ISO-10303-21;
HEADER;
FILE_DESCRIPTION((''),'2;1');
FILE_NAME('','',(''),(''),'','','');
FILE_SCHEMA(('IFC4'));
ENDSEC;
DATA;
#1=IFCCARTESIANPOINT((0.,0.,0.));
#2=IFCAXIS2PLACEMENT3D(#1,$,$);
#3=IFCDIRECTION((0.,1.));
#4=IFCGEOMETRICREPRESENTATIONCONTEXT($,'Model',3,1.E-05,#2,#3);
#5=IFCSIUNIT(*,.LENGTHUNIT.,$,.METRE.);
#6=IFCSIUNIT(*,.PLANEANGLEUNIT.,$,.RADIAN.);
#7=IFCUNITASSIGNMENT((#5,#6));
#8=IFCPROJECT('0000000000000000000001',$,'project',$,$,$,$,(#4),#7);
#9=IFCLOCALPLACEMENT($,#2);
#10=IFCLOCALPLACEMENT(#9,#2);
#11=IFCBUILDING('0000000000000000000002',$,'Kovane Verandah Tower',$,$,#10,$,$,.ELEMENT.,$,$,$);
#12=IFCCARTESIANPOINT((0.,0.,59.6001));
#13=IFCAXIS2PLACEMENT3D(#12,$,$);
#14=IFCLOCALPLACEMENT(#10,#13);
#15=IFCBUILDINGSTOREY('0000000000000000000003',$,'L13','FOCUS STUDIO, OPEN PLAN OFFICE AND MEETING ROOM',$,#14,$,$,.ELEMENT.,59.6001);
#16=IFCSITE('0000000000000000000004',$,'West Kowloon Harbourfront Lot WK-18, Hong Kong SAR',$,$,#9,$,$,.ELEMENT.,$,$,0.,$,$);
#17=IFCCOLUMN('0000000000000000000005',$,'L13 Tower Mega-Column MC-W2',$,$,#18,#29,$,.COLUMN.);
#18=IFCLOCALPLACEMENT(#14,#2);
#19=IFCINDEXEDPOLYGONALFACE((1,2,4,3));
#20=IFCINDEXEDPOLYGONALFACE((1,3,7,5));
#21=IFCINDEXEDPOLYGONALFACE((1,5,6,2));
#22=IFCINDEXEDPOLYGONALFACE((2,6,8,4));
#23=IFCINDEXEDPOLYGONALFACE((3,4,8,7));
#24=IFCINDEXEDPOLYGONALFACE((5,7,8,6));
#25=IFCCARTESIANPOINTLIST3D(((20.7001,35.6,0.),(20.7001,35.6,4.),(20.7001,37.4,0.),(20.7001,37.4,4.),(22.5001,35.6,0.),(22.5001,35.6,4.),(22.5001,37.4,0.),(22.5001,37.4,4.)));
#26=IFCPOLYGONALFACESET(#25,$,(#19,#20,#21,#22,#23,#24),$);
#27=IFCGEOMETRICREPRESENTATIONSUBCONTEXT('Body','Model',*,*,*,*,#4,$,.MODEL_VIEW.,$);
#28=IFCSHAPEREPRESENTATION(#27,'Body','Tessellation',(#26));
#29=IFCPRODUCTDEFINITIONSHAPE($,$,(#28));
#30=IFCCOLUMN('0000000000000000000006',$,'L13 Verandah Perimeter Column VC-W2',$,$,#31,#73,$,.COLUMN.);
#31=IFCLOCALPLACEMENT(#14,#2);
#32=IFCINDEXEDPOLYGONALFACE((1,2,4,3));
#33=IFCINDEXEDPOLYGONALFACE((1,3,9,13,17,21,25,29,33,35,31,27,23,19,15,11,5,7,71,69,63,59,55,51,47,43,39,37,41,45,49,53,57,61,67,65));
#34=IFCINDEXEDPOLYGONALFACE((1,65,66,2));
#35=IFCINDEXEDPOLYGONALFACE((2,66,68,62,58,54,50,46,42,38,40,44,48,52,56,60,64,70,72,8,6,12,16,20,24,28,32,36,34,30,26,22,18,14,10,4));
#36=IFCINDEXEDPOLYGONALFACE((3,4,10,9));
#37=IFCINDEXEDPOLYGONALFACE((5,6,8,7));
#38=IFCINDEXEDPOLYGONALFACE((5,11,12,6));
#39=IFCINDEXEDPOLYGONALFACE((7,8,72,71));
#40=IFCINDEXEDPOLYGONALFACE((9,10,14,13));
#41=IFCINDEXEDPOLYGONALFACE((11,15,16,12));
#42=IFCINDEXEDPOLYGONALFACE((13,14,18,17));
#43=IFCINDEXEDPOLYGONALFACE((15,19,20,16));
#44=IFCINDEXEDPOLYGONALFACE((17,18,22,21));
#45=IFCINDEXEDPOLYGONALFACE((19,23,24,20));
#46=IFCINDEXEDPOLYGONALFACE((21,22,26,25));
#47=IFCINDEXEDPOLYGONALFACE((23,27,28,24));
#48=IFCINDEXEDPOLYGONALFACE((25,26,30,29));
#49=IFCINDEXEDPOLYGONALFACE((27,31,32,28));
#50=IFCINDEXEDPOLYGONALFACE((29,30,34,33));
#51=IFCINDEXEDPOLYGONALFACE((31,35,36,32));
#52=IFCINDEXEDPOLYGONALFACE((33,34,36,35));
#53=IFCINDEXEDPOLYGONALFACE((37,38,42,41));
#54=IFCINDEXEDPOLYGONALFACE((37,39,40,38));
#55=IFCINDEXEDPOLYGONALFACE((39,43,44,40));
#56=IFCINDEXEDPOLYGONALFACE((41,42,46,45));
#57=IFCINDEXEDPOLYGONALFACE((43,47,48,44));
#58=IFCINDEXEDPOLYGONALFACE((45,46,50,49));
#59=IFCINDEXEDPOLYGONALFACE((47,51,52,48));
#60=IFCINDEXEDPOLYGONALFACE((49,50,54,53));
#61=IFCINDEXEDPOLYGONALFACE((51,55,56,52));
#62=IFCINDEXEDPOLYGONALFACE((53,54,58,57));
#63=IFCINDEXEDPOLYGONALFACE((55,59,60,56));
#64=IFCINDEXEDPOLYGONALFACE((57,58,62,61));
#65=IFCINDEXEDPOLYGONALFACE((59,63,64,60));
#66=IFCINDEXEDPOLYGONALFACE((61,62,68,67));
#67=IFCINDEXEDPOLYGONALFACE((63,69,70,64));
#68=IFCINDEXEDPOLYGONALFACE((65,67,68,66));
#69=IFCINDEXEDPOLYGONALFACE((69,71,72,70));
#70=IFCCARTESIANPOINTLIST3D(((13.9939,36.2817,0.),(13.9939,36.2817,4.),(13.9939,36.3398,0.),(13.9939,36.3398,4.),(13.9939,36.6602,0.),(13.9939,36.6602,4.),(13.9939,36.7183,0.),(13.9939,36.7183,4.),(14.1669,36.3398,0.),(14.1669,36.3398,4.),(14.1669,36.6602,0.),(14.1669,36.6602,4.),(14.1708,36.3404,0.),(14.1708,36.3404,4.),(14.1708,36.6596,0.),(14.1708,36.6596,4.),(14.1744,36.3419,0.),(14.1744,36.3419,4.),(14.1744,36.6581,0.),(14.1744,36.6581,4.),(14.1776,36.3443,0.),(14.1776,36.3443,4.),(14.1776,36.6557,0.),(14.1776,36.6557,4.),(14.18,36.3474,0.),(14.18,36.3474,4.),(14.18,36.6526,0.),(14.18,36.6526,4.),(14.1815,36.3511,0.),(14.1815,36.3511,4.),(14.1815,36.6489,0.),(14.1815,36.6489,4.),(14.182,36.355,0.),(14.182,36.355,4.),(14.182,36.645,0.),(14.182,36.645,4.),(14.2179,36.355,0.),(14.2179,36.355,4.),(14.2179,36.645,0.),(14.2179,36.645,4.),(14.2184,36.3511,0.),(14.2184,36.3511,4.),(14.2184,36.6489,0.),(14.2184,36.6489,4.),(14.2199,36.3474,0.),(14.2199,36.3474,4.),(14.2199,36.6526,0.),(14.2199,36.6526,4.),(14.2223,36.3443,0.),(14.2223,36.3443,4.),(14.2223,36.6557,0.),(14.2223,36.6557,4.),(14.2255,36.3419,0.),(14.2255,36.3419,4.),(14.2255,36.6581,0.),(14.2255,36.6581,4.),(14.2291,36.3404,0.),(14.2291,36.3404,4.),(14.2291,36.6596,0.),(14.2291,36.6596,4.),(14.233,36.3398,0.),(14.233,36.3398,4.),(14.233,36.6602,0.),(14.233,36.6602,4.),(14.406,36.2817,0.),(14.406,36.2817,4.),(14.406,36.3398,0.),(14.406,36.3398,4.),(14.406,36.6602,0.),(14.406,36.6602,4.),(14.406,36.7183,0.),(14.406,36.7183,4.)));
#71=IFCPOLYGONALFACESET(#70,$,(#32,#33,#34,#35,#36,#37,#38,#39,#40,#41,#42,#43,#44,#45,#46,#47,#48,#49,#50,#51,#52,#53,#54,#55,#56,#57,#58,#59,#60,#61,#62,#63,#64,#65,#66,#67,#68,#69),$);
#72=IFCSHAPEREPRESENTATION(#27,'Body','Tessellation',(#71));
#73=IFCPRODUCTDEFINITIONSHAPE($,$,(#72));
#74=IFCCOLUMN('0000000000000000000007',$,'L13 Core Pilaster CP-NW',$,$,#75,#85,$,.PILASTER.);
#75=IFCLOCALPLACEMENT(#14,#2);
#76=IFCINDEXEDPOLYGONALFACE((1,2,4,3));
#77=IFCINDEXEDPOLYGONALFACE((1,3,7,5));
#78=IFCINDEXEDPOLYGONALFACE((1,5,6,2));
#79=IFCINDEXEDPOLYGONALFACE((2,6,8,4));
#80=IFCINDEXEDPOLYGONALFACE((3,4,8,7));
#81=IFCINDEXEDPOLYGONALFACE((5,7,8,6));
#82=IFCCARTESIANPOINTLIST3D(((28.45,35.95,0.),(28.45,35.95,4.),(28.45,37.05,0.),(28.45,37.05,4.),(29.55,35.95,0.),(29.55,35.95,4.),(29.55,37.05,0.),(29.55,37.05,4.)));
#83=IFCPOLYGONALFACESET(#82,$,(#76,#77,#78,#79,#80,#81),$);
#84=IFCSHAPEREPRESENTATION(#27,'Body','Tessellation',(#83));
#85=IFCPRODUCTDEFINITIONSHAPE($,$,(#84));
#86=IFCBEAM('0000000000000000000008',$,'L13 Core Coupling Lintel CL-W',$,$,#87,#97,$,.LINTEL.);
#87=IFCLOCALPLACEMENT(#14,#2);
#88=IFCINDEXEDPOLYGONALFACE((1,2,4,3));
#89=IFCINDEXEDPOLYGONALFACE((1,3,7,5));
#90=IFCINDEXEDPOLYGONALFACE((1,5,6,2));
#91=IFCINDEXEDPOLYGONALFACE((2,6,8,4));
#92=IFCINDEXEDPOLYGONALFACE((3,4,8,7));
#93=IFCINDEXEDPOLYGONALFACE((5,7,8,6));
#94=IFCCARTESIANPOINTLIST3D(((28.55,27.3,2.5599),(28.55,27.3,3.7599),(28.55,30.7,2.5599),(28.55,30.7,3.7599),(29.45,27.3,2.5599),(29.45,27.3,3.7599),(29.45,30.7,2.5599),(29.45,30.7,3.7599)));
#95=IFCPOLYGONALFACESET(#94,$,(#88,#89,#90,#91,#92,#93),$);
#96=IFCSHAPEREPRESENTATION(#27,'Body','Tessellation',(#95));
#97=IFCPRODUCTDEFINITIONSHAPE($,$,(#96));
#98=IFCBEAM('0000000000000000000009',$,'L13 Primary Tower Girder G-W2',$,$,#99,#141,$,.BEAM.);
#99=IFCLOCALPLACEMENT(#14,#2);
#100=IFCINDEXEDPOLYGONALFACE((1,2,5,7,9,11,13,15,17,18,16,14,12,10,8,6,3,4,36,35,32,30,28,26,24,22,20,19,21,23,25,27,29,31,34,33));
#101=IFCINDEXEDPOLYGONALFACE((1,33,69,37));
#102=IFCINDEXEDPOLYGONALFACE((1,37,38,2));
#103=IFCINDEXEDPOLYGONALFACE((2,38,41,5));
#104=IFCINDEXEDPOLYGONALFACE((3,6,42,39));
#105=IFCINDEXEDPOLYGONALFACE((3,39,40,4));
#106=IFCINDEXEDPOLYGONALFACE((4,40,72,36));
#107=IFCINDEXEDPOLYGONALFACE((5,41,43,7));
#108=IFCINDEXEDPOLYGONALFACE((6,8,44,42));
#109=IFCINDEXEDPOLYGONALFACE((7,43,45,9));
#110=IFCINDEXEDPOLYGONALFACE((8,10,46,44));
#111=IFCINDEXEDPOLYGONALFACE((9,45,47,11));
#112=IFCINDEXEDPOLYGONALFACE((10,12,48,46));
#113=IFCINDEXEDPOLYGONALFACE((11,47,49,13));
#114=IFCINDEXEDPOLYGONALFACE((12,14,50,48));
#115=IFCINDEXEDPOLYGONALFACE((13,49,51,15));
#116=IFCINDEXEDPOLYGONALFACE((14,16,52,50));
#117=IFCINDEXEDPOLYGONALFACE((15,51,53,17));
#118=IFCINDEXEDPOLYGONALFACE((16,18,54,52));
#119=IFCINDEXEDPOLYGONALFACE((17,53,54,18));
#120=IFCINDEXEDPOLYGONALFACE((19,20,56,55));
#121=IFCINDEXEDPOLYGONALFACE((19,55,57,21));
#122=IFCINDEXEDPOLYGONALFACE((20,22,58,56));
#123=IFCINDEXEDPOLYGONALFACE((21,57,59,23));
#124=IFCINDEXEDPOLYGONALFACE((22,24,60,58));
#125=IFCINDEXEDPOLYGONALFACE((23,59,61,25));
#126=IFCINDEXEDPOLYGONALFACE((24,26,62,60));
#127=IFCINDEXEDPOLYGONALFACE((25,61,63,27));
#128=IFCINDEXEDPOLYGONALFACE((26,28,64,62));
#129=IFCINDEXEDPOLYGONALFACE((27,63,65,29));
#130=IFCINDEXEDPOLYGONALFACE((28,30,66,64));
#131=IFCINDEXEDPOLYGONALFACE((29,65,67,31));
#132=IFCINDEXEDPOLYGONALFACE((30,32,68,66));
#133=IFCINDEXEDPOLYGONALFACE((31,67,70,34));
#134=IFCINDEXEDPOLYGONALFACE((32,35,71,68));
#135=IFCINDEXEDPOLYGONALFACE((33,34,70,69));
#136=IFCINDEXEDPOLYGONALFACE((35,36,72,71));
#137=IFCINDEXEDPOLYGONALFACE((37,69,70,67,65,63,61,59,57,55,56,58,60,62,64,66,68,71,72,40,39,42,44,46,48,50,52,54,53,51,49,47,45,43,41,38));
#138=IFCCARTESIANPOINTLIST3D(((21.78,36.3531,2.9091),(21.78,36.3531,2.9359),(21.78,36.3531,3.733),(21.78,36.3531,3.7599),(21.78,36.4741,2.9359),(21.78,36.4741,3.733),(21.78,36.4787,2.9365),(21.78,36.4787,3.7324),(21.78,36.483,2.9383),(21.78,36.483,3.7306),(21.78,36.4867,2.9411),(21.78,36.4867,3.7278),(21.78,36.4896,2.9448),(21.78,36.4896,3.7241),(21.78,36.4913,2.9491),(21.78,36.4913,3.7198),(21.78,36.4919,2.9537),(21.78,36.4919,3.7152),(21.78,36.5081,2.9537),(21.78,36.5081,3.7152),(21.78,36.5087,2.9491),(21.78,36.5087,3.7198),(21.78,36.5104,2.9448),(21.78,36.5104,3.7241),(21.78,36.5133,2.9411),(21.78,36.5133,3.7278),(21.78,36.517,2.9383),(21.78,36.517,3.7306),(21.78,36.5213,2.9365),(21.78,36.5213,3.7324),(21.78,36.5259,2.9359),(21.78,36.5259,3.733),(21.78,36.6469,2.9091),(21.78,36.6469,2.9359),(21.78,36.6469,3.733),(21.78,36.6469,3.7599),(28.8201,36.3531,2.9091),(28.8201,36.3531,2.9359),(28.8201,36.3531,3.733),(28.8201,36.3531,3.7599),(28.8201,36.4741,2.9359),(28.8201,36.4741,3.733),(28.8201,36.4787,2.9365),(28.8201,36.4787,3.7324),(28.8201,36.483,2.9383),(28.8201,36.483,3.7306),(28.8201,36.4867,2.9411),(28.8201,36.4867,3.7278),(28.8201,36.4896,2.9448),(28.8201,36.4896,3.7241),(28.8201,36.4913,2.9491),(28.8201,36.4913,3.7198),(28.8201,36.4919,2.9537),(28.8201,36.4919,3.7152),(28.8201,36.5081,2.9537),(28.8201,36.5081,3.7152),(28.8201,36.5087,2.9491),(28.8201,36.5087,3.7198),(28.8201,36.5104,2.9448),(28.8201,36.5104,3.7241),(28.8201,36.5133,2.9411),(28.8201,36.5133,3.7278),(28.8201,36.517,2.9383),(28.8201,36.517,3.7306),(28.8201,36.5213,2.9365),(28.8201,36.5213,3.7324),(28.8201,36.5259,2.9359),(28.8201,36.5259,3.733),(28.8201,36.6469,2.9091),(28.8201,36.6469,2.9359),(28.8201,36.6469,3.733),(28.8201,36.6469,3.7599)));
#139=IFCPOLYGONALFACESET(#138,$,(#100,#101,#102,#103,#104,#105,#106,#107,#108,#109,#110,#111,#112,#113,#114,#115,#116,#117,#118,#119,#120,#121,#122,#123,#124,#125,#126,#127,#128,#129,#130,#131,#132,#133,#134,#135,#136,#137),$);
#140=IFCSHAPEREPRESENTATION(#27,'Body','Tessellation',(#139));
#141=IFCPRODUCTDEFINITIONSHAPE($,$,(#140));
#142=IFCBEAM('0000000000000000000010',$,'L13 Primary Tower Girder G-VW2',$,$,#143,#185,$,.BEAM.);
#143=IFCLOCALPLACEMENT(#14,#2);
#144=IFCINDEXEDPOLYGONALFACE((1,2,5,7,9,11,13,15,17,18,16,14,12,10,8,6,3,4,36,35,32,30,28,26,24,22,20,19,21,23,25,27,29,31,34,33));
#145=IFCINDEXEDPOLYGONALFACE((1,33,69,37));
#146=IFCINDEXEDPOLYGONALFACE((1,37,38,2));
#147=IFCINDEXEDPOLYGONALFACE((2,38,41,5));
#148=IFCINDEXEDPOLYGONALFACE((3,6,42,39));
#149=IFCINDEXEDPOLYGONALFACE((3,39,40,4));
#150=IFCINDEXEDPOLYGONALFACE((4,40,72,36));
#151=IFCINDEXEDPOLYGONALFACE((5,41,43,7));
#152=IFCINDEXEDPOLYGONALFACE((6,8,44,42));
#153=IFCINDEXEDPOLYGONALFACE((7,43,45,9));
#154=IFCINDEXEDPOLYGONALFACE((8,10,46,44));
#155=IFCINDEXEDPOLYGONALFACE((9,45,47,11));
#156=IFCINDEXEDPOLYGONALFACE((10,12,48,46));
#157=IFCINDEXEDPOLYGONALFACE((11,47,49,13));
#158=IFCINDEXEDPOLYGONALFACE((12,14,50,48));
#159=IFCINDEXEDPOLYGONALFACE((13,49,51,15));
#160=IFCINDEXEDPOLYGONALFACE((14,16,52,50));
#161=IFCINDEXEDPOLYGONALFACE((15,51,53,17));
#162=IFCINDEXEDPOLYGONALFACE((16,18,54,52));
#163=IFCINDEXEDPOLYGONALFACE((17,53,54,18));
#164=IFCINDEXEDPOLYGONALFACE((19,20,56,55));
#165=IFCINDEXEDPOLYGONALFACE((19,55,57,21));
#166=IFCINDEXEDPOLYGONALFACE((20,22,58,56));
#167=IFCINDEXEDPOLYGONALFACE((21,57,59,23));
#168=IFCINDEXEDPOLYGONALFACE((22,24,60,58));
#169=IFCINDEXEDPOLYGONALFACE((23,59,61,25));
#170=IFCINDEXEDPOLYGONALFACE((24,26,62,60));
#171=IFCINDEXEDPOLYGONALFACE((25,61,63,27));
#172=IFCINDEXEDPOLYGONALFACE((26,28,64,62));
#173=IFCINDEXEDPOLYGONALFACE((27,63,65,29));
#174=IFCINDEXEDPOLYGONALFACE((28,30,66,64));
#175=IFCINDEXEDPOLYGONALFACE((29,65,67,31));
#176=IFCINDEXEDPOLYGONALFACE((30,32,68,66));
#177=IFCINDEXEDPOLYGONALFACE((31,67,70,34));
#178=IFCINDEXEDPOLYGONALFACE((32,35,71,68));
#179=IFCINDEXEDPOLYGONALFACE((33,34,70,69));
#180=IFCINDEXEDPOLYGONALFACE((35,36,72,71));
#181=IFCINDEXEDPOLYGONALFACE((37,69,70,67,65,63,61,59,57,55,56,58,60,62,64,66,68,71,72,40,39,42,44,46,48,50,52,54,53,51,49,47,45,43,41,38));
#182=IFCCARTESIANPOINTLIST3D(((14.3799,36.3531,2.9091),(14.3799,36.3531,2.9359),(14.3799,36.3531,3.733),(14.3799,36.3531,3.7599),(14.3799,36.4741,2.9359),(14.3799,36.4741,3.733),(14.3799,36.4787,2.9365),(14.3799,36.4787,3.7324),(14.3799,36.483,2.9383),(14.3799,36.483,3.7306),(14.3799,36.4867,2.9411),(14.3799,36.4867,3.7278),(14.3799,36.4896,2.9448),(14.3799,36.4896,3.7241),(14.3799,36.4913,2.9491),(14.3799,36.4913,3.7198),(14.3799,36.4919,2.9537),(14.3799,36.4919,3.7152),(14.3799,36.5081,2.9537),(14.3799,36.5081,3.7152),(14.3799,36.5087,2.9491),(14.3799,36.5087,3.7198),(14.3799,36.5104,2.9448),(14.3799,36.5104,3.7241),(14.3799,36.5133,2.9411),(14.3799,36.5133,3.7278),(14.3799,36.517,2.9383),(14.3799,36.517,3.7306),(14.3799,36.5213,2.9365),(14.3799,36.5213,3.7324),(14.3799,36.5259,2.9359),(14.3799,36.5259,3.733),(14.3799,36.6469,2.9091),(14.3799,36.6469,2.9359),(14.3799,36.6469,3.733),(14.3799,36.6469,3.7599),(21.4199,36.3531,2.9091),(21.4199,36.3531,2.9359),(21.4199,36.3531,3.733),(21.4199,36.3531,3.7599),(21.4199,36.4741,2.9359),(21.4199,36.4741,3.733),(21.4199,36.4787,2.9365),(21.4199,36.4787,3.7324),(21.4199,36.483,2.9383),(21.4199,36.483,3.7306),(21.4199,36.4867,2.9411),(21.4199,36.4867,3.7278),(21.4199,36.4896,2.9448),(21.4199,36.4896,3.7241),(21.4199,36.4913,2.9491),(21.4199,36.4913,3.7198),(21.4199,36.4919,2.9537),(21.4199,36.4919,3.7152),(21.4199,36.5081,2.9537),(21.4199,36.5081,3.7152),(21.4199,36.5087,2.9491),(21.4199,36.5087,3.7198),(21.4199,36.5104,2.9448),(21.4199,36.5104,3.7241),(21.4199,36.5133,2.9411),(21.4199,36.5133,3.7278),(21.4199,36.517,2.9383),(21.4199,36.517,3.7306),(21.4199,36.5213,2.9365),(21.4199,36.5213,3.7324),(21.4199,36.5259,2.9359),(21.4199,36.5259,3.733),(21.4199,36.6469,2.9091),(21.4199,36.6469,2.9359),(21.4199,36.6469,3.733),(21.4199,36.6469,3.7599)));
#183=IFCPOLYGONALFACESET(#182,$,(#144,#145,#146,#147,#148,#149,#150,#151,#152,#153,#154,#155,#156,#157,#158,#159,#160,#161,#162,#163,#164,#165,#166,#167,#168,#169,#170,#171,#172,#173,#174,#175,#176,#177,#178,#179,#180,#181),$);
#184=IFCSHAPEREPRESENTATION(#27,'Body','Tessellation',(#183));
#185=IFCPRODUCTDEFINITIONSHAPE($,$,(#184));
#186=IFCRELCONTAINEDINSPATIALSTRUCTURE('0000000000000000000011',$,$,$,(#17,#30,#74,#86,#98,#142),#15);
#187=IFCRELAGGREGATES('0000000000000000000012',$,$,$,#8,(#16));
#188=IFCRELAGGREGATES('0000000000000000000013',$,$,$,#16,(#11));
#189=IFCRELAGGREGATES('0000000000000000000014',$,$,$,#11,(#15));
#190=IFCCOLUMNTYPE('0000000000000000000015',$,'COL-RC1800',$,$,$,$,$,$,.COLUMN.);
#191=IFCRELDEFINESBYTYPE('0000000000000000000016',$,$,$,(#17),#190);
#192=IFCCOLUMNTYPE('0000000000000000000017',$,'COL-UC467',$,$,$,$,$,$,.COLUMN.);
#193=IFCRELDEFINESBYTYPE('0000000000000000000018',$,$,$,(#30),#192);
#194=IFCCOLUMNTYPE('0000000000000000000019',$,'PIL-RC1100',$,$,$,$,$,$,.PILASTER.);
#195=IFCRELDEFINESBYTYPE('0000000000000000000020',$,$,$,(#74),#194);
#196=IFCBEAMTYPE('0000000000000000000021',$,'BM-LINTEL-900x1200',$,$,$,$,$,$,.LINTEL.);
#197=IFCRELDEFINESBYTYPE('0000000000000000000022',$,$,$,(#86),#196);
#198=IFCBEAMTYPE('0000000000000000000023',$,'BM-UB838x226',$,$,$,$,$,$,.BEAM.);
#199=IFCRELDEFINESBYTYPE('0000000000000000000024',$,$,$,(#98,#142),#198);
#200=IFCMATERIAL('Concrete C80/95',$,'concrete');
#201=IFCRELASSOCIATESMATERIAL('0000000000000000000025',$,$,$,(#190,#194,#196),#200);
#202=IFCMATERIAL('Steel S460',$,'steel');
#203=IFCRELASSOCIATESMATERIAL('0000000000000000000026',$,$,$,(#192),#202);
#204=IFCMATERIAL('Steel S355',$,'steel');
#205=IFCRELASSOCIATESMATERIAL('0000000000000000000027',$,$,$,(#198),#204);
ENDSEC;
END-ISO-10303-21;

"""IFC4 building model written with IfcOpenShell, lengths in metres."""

from ifc_helpers import new_model, si_unit, direction, frame, origin, origin_2d, place, context, subcontext, project, spatial, rectangle, i_section, extrude, material, material_profile, profile_set, type_object, element, save


model = new_model("IFC4")

# Units and contexts
model_context = context("Model", 3, precision=1e-05, world=origin(), true_north=direction((0.0, 1.0)))
body_context = subcontext(model_context, "Body", "Model", "MODEL_VIEW")
ifc_project = project(units=[si_unit("LENGTHUNIT", "METRE"), si_unit("PLANEANGLEUNIT", "RADIAN")], contexts=[model_context])

# Site, building, storey
site_placement = place(None, origin())
site = spatial("IfcSite", under=ifc_project, at=site_placement, Name="West Kowloon Harbourfront Lot WK-18, Hong Kong SAR", CompositionType="ELEMENT", RefElevation=0.0)
building_placement = place(site_placement, origin())
building = spatial("IfcBuilding", under=site, at=building_placement, Name="Kovane Verandah Tower", CompositionType="ELEMENT")
storey_placement = place(building_placement, frame((0.0, 0.0, 59.6001)))
storey = spatial("IfcBuildingStorey", under=building, at=storey_placement, Name="L13", Description="FOCUS STUDIO, OPEN PLAN OFFICE AND MEETING ROOM", CompositionType="ELEMENT", Elevation=59.6001)

# Columns
ifc_material_1 = material(Name="Concrete C80/95", Category="concrete")
ifc_material_profile_1 = material_profile(ifc_material_1, rectangle(XDim=1.8, YDim=1.8, at=origin_2d()), Name="RC1800x1800")
ifc_profile_set_1 = profile_set([ifc_material_profile_1], Name="Concrete C80/95")
column_type_1 = type_object("IfcColumnType", Name="COL-RC1800", PredefinedType="COLUMN", material=ifc_profile_set_1)
column_1_placement = place(storey_placement, frame((21.6001, 36.5, 0.0), z_axis=(0.0, 0.0, 1.0), x_axis=(1.0, 0.0, 0.0)))
element("IfcColumn", 1, at=column_1_placement, inside=storey, type_object=column_type_1, Name="L13 Tower Mega-Column MC-W2", PredefinedType="COLUMN", context=body_context, shape_type="SweptSolid", body=[
    extrude(rectangle(XDim=1.8, YDim=1.8, at=origin_2d()), origin(), (0.0, 0.0, 1.0), 4.0),
])
ifc_material_2 = material(Name="Steel S460", Category="steel")
ifc_material_profile_2 = material_profile(ifc_material_2, i_section(OverallWidth=0.4121, OverallDepth=0.4365, WebThickness=0.0359, FlangeThickness=0.0581, FilletRadius=0.0151, at=origin_2d()), Name="UC356x406x467")
ifc_profile_set_2 = profile_set([ifc_material_profile_2], Name="Steel S460")
column_type_2 = type_object("IfcColumnType", Name="COL-UC467", PredefinedType="COLUMN", material=ifc_profile_set_2)
column_2_placement = place(storey_placement, frame((14.2, 36.5, 0.0), z_axis=(0.0, 0.0, 1.0), x_axis=(1.0, 0.0, 0.0)))
element("IfcColumn", 2, at=column_2_placement, inside=storey, type_object=column_type_2, Name="L13 Verandah Perimeter Column VC-W2", PredefinedType="COLUMN", context=body_context, shape_type="SweptSolid", body=[
    extrude(i_section(OverallWidth=0.4121, OverallDepth=0.4365, WebThickness=0.0359, FlangeThickness=0.0581, FilletRadius=0.0151, at=origin_2d()), origin(), (0.0, 0.0, 1.0), 4.0),
])
ifc_material_profile_3 = material_profile(ifc_material_1, rectangle(XDim=1.1001, YDim=1.1001, at=origin_2d()), Name="RC1100x1100")
ifc_profile_set_3 = profile_set([ifc_material_profile_3], Name="Concrete C80/95")
column_type_3 = type_object("IfcColumnType", Name="PIL-RC1100", PredefinedType="PILASTER", material=ifc_profile_set_3)
column_3_placement = place(storey_placement, frame((29.0, 36.5, 0.0), z_axis=(0.0, 0.0, 1.0), x_axis=(1.0, 0.0, 0.0)))
element("IfcColumn", 3, at=column_3_placement, inside=storey, type_object=column_type_3, Name="L13 Core Pilaster CP-NW", PredefinedType="PILASTER", context=body_context, shape_type="SweptSolid", body=[
    extrude(rectangle(XDim=1.1001, YDim=1.1001, at=origin_2d()), origin(), (0.0, 0.0, 1.0), 4.0),
])

# Beams
ifc_material_profile_4 = material_profile(ifc_material_1, rectangle(XDim=0.8999, YDim=1.2, at=origin_2d()), Name="RCB900x1200")
ifc_profile_set_4 = profile_set([ifc_material_profile_4], Name="Concrete C80/95")
beam_type_1 = type_object("IfcBeamType", Name="BM-LINTEL-900x1200", PredefinedType="LINTEL", material=ifc_profile_set_4)
beam_placement = place(storey_placement, frame((29.0, 27.3, 3.1599), z_axis=(0.0, 1.0, 0.0), x_axis=(-1.0, 0.0, 0.0)))
element("IfcBeam", 4, at=beam_placement, inside=storey, type_object=beam_type_1, Name="L13 Core Coupling Lintel CL-W", PredefinedType="LINTEL", context=body_context, shape_type="SweptSolid", body=[
    extrude(rectangle(XDim=0.8999, YDim=1.2, at=origin_2d()), origin(), (0.0, 0.0, 1.0), 3.3999),
])
ifc_material_3 = material(Name="Steel S355", Category="steel")
ifc_material_profile_5 = material_profile(ifc_material_3, i_section(OverallWidth=0.2937, OverallDepth=0.8508, WebThickness=0.0161, FlangeThickness=0.0269, FilletRadius=0.0178, at=origin_2d()), Name="UB838x292x226")
ifc_profile_set_5 = profile_set([ifc_material_profile_5], Name="Steel S355")
beam_type_2 = type_object("IfcBeamType", Name="BM-UB838x226", PredefinedType="BEAM", material=ifc_profile_set_5)
for number, where, z_axis, x_axis, name in (
    (5, (28.8201, 36.5, 3.3345), (-1.0, 0.0, 0.0), (0.0, -1.0, 0.0), "L13 Primary Tower Girder G-W2"),
    (6, (21.4199, 36.5, 3.3345), (-1.0, 0.0, 0.0), (0.0, -1.0, 0.0), "L13 Primary Tower Girder G-VW2"),
):
    element("IfcBeam", number, at=place(storey_placement, frame(where, z_axis=z_axis, x_axis=x_axis)), inside=storey, type_object=beam_type_2, Name=name, PredefinedType="BEAM", context=body_context, shape_type="SweptSolid", body=[
        extrude(i_section(OverallWidth=0.2937, OverallDepth=0.8508, WebThickness=0.0161, FlangeThickness=0.0269, FilletRadius=0.0178, at=origin_2d()), origin(), (0.0, 0.0, 1.0), 7.04),
    ])

save(model, "model.ifc")
